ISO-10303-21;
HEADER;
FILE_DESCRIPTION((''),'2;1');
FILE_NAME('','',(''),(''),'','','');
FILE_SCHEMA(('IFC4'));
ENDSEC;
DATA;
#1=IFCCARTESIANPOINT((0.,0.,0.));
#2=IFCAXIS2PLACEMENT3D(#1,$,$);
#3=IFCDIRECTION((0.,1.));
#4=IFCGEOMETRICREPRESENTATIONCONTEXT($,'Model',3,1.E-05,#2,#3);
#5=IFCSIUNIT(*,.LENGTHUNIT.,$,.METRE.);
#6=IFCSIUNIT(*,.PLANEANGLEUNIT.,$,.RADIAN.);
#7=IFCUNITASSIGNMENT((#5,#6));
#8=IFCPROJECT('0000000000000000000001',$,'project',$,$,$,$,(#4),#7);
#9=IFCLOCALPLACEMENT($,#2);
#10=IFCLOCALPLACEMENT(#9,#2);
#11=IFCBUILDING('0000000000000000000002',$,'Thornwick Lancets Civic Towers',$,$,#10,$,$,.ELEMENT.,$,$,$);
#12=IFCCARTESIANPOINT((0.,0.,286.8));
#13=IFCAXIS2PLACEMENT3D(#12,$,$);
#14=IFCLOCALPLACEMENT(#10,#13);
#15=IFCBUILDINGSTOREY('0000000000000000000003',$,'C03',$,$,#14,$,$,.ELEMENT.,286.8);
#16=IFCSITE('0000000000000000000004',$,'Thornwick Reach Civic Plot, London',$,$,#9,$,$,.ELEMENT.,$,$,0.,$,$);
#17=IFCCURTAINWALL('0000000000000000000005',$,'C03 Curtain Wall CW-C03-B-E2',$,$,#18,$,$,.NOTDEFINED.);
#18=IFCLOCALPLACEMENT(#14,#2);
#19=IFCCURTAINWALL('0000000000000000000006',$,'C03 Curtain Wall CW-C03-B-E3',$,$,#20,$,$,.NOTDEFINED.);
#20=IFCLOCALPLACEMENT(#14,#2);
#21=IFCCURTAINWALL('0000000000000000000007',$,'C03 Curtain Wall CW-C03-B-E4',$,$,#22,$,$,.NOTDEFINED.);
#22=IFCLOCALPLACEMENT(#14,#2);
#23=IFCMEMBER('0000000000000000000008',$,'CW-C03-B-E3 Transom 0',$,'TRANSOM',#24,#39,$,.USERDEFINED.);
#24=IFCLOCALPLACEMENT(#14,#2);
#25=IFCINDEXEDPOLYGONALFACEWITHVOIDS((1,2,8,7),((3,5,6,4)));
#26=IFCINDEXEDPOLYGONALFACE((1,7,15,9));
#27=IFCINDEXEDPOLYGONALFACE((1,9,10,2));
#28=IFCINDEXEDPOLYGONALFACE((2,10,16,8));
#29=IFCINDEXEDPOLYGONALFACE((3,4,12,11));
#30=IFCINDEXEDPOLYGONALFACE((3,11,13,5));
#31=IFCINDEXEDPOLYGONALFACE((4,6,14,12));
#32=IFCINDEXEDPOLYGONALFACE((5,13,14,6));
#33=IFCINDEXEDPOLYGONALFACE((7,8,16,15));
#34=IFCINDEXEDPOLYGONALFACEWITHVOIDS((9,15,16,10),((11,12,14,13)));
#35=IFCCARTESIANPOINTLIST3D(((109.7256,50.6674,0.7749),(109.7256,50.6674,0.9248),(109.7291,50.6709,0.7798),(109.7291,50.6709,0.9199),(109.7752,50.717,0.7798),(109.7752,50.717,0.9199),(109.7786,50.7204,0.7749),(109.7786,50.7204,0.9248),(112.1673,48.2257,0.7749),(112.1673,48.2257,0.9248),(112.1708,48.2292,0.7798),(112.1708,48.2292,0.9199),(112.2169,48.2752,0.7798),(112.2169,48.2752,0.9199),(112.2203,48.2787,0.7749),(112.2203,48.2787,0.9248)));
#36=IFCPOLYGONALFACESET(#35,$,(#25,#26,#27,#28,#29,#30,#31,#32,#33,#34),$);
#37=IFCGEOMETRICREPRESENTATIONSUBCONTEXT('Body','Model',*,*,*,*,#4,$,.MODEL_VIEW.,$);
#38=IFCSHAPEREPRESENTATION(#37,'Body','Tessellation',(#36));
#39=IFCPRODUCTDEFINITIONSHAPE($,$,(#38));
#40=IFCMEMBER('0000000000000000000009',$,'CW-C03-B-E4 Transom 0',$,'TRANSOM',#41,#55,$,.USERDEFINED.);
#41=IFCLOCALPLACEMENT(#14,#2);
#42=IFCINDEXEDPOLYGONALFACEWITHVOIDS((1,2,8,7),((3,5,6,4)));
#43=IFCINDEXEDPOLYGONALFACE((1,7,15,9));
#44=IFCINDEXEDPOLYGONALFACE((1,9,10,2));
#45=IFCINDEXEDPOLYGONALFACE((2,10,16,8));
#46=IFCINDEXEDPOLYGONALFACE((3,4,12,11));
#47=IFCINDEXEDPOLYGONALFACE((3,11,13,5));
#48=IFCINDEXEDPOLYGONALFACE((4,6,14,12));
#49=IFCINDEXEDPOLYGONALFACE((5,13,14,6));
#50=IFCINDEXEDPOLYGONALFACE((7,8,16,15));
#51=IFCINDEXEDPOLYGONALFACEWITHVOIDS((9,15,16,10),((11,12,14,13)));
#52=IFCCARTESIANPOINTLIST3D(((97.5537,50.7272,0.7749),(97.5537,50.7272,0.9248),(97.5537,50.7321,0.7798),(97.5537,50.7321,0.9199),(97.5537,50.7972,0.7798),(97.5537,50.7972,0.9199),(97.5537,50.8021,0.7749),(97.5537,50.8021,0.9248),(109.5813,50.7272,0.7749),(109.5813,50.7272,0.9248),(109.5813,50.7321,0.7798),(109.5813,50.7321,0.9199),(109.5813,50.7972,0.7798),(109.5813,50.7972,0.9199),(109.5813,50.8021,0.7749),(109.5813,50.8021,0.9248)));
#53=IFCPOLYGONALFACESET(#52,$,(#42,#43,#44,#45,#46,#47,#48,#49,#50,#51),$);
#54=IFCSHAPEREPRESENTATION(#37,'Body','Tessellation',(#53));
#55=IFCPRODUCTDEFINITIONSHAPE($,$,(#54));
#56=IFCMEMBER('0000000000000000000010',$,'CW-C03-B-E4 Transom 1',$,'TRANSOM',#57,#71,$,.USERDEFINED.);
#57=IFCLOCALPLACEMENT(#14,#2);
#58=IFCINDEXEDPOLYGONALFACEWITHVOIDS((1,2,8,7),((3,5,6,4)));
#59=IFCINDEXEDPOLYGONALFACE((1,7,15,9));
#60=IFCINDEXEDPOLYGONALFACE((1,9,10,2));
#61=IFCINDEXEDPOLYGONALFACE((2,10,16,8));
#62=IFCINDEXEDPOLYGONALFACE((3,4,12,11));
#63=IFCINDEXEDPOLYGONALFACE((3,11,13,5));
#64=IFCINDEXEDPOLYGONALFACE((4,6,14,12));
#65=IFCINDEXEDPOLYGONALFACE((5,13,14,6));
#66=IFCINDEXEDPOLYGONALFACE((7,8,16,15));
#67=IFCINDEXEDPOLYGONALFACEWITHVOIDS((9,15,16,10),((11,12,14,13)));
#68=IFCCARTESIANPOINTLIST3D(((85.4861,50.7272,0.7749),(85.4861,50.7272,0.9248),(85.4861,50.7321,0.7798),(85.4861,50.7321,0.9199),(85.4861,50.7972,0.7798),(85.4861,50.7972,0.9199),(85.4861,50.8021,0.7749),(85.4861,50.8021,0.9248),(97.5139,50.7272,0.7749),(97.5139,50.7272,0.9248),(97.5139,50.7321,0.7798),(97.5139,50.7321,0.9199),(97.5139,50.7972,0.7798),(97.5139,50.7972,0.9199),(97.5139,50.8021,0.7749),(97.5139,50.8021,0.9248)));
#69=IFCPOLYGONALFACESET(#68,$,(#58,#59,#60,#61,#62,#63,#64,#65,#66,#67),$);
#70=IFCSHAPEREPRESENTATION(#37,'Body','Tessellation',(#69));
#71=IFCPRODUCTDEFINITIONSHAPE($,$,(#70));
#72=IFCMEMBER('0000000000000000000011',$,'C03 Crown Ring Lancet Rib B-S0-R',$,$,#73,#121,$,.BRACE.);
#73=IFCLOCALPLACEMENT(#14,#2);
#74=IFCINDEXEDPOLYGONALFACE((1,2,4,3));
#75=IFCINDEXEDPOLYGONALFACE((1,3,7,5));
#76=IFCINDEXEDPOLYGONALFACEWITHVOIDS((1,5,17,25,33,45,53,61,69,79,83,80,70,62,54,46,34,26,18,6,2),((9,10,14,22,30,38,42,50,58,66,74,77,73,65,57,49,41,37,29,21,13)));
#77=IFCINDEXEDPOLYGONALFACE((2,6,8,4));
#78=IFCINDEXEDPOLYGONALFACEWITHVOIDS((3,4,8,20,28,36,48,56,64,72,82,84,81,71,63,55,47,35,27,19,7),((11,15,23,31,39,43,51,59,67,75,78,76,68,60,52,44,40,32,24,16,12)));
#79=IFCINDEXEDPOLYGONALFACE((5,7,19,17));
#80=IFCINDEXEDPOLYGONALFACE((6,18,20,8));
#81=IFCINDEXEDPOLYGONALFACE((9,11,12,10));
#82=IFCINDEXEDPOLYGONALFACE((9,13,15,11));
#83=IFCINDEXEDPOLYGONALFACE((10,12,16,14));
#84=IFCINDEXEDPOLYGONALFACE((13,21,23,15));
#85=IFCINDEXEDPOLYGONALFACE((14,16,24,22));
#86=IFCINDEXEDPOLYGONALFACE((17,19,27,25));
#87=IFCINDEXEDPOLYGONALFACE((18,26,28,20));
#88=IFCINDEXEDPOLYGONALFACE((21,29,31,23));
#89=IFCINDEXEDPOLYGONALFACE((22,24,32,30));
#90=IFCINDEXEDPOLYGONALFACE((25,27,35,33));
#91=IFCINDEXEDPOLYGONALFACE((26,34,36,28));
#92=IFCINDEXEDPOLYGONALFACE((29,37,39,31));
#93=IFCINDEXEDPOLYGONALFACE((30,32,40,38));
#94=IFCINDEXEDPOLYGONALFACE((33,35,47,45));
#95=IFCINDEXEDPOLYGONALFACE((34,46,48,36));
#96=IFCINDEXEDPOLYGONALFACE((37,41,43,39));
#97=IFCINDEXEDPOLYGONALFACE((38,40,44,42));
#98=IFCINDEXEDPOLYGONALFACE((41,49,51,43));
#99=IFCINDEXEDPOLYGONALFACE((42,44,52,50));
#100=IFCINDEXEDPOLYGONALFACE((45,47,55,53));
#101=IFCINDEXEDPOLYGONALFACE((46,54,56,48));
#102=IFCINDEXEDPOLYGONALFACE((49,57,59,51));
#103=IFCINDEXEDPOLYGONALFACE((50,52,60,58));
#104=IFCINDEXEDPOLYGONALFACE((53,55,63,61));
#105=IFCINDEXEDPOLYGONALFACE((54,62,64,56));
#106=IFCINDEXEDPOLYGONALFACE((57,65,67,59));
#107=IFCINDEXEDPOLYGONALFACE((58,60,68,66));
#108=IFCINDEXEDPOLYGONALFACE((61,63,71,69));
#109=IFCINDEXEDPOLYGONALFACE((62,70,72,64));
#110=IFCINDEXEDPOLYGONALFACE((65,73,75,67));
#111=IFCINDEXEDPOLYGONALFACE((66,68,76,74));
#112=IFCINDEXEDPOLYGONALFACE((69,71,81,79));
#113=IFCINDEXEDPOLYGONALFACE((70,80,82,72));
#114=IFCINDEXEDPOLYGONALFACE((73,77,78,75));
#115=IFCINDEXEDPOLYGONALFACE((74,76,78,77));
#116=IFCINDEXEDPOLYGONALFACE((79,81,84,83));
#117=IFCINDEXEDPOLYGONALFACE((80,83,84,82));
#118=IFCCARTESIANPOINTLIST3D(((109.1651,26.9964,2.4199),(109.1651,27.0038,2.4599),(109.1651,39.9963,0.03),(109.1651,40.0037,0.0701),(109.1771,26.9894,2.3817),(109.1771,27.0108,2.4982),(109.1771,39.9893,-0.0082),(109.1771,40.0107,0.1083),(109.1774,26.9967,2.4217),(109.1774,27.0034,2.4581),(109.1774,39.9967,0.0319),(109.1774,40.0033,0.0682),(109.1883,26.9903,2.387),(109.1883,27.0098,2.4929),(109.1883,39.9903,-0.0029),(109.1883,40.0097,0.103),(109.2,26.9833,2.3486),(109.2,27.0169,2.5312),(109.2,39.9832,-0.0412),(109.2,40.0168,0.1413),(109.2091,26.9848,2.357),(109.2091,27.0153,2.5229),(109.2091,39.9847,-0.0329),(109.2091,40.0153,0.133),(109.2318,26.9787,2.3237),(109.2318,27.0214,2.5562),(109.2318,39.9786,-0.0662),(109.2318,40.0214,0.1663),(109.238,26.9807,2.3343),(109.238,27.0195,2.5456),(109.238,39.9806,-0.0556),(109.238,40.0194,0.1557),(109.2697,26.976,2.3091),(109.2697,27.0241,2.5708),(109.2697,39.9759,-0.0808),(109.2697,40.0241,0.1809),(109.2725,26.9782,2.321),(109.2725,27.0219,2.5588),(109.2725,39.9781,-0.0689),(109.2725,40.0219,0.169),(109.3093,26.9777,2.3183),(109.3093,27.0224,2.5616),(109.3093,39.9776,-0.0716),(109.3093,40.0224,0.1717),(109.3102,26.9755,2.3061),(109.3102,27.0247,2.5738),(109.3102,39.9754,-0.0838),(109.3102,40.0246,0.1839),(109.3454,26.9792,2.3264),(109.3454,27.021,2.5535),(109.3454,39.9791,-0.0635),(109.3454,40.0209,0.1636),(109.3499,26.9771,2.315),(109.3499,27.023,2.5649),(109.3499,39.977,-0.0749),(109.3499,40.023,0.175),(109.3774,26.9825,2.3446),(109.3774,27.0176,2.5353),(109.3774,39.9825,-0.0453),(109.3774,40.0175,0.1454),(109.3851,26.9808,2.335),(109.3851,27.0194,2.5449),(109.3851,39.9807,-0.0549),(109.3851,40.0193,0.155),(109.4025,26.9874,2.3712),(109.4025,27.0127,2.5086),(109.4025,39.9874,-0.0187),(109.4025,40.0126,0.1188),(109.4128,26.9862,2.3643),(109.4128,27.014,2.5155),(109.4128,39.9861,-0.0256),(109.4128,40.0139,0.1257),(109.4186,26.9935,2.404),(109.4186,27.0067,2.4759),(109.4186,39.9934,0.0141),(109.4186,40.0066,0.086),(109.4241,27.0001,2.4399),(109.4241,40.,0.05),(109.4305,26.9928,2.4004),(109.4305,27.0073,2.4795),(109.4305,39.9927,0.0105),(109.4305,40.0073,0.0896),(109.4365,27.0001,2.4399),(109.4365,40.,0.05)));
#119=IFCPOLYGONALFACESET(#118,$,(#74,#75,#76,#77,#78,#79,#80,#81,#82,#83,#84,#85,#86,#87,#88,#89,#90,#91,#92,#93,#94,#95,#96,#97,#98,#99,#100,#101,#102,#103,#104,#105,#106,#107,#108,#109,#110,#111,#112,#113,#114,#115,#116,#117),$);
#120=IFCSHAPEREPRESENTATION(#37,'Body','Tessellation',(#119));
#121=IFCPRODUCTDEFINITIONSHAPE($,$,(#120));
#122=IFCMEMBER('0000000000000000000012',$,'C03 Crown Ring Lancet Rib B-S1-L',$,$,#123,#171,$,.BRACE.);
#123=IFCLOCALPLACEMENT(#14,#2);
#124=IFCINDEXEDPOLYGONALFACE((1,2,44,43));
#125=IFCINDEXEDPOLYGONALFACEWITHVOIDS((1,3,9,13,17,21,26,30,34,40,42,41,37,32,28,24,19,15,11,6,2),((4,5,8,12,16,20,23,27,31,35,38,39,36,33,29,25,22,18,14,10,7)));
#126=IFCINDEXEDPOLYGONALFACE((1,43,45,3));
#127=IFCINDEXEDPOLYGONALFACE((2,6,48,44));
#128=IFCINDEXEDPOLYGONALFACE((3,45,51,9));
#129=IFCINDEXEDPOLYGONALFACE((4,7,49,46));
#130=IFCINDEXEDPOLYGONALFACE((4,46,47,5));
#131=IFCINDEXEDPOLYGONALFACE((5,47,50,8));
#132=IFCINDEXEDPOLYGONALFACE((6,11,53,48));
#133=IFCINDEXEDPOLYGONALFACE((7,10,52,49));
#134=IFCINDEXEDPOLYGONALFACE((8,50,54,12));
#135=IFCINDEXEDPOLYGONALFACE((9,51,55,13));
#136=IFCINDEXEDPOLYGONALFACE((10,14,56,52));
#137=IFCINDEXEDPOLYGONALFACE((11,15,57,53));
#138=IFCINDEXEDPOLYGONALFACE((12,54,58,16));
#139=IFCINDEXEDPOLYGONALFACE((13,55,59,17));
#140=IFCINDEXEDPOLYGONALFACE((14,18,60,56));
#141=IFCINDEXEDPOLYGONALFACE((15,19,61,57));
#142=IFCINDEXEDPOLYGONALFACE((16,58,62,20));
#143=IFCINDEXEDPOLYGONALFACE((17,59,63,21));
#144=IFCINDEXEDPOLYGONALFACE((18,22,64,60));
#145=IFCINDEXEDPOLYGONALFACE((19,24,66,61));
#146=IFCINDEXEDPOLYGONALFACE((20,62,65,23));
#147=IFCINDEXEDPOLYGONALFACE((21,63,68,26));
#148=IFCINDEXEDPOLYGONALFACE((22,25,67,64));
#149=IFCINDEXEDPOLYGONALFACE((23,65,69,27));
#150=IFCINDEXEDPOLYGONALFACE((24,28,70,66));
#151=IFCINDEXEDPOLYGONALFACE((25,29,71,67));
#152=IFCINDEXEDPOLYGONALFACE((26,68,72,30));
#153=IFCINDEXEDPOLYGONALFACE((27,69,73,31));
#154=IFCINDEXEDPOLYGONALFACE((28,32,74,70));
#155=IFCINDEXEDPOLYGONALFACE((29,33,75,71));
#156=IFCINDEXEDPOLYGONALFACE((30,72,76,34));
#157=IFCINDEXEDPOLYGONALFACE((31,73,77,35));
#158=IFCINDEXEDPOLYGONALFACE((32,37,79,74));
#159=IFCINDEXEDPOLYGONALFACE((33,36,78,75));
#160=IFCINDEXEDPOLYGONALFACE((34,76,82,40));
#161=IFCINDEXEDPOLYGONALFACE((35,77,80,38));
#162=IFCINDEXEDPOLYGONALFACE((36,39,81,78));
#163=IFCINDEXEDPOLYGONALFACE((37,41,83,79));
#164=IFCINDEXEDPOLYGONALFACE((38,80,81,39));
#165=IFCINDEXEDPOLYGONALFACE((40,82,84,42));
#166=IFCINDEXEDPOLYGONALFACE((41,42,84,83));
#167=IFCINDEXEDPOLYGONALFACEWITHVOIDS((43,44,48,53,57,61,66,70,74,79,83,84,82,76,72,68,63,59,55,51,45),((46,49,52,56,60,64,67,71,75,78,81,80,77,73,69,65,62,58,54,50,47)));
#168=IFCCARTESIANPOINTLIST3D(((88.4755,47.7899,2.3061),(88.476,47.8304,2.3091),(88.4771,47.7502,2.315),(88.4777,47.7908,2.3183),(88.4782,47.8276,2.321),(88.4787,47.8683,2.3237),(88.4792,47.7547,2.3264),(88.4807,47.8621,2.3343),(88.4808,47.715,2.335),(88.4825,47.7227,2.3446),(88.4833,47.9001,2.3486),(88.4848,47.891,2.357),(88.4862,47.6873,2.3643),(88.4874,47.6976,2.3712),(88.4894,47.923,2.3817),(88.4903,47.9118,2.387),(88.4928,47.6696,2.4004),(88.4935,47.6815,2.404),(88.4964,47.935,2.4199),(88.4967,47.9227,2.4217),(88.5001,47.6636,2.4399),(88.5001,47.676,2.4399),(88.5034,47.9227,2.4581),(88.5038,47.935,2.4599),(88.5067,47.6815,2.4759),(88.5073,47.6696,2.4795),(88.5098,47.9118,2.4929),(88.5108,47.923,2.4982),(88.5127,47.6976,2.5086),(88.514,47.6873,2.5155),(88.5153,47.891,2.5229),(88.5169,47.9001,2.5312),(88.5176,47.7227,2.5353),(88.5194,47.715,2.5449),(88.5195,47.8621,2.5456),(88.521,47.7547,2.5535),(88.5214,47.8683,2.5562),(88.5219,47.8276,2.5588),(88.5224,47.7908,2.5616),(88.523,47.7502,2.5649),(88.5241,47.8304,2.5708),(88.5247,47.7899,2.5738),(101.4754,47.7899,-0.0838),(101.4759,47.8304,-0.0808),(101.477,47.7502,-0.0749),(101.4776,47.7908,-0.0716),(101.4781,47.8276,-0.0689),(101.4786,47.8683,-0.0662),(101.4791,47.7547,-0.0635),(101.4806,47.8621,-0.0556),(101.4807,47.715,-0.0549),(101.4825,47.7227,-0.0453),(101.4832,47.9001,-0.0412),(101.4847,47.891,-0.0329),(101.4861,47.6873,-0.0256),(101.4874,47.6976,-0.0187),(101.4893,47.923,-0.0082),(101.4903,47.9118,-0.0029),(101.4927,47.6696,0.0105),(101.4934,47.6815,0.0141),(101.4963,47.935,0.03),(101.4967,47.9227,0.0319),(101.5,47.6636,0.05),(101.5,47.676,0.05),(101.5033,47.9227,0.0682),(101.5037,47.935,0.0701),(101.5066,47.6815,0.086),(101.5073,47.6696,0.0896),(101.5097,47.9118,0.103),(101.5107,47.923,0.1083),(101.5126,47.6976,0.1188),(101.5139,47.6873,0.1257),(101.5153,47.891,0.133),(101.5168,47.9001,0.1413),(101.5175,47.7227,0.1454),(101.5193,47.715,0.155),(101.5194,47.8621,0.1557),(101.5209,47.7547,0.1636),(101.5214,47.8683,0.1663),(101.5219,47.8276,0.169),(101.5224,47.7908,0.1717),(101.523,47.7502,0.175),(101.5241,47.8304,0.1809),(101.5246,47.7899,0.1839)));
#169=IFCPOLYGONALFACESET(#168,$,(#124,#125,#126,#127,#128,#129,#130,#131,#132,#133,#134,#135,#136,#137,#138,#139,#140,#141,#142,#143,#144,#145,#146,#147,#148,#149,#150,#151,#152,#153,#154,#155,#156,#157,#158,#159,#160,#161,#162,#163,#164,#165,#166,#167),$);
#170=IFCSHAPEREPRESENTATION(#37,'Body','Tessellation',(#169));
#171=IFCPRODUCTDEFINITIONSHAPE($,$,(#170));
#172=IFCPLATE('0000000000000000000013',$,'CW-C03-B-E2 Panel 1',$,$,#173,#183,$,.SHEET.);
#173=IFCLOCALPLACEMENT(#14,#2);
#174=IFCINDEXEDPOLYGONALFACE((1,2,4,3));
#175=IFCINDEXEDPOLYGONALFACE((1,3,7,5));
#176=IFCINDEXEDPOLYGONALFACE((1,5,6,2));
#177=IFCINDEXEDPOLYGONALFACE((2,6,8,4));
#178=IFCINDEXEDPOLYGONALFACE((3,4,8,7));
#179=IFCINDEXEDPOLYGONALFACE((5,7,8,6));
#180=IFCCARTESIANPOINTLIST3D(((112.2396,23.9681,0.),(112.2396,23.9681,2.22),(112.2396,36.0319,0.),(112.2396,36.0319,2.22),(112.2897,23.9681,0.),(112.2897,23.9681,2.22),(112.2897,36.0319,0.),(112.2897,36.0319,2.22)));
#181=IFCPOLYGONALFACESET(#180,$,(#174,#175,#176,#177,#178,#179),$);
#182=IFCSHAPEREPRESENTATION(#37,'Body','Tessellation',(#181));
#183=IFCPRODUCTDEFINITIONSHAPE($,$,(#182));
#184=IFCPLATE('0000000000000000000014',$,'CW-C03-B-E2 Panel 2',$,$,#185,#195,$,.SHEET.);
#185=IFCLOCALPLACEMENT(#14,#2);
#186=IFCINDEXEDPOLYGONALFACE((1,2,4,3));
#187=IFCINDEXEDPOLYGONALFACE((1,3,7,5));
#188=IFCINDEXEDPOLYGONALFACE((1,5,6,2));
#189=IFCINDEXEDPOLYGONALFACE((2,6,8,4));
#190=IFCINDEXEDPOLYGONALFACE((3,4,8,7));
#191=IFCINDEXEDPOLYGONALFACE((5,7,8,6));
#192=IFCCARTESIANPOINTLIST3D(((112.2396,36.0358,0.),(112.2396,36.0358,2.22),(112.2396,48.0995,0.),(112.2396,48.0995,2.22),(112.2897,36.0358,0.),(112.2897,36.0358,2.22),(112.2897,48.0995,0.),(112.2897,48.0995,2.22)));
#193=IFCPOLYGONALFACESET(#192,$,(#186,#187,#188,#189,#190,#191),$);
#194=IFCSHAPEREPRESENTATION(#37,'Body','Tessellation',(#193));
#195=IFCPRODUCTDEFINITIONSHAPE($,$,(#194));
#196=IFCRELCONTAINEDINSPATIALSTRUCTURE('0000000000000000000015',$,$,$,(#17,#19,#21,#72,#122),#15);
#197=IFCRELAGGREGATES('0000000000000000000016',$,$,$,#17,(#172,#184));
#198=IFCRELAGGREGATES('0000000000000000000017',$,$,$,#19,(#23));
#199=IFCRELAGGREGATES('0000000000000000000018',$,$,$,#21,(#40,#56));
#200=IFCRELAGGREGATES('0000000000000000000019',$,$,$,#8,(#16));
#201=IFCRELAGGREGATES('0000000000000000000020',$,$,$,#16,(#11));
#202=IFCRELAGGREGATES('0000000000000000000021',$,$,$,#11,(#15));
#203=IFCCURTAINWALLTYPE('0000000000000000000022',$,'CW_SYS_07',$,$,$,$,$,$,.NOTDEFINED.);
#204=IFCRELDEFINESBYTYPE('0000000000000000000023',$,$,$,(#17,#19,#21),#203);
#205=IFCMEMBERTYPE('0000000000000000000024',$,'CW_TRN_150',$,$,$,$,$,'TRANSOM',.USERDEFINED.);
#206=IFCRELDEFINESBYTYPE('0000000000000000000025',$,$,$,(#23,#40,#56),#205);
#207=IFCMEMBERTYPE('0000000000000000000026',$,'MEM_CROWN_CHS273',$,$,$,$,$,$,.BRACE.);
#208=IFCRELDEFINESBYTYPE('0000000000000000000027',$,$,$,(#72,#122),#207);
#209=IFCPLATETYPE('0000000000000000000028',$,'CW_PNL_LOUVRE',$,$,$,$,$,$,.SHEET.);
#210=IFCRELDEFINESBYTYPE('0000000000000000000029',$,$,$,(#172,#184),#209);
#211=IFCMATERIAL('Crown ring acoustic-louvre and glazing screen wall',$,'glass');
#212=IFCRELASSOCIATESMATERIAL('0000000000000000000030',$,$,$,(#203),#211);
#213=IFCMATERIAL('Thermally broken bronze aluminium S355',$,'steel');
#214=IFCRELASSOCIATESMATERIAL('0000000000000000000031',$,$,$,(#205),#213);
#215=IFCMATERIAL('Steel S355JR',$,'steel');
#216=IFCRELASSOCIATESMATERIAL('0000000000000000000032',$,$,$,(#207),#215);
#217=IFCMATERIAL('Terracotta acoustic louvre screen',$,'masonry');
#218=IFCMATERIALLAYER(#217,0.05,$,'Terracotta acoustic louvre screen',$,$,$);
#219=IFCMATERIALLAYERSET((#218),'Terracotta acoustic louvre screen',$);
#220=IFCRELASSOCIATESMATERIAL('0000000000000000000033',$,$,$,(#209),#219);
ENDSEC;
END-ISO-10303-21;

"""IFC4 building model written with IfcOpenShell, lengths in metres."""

from ifc_helpers import new_model, si_unit, direction, frame, origin, origin_2d, place, context, subcontext, project, spatial, rectangle, hollow_rectangle, hollow_circle, extrude, material, layer, layer_set, material_profile, profile_set, type_object, element, aggregate, save


model = new_model("IFC4")

# Units and contexts
model_context = context("Model", 3, precision=1e-05, world=origin(), true_north=direction((0.0, 1.0)))
body_context = subcontext(model_context, "Body", "Model", "MODEL_VIEW")
ifc_project = project(units=[si_unit("LENGTHUNIT", "METRE"), si_unit("PLANEANGLEUNIT", "RADIAN")], contexts=[model_context])

# Site, building, storey
site_placement = place(None, origin())
site = spatial("IfcSite", under=ifc_project, at=site_placement, Name="Thornwick Reach Civic Plot, London", CompositionType="ELEMENT", RefElevation=0.0)
building_placement = place(site_placement, origin())
building = spatial("IfcBuilding", under=site, at=building_placement, Name="Thornwick Lancets Civic Towers", CompositionType="ELEMENT")
storey_placement = place(building_placement, frame((0.0, 0.0, 286.8)))
storey = spatial("IfcBuildingStorey", under=building, at=storey_placement, Name="C03", CompositionType="ELEMENT", Elevation=286.8)

# Shared definitions
ifc_material_1 = material(Name="Steel S355JR", Category="steel")

# Curtain walls
ifc_material_2 = material(Name="Crown ring acoustic-louvre and glazing screen wall", Category="glass")
curtain_wall_type = type_object("IfcCurtainWallType", Name="CW_SYS_07", PredefinedType="NOTDEFINED", material=ifc_material_2)
curtain_wall_1_placement = place(storey_placement, origin())
curtain_wall_1 = element("IfcCurtainWall", 1, at=curtain_wall_1_placement, inside=storey, type_object=curtain_wall_type, Name="C03 Curtain Wall CW-C03-B-E2", PredefinedType="NOTDEFINED")
ifc_material_3 = material(Name="Thermally broken bronze aluminium S355", Category="steel")
curtain_wall_2_placement = place(storey_placement, origin())
curtain_wall_2 = element("IfcCurtainWall", 2, at=curtain_wall_2_placement, inside=storey, type_object=curtain_wall_type, Name="C03 Curtain Wall CW-C03-B-E3", PredefinedType="NOTDEFINED")
curtain_wall_3_placement = place(storey_placement, origin())
curtain_wall_3 = element("IfcCurtainWall", 3, at=curtain_wall_3_placement, inside=storey, type_object=curtain_wall_type, Name="C03 Curtain Wall CW-C03-B-E4", PredefinedType="NOTDEFINED")

# Members
ifc_material_profile_1 = material_profile(ifc_material_3, hollow_rectangle(XDim=0.075, YDim=0.1499, WallThickness=0.0049, at=origin_2d()), Name="RHS 150x75x5")
ifc_profile_set_1 = profile_set([ifc_material_profile_1], Name="Thermally broken bronze aluminium S355")
member_type_1 = type_object("IfcMemberType", Name="CW_TRN_150", ElementType="TRANSOM", PredefinedType="USERDEFINED", material=ifc_profile_set_1)
member_1_placement = place(storey_placement, frame((112.1938, 48.2522, 0.8499), z_axis=(-0.707107, 0.707107, 0.0), x_axis=(-0.707107, -0.707107, 0.0)))
member_1 = element("IfcMember", 4, at=member_1_placement, type_object=member_type_1, Name="CW-C03-B-E3 Transom 0", ObjectType="TRANSOM", PredefinedType="USERDEFINED", context=body_context, shape_type="SweptSolid", body=[
    extrude(hollow_rectangle(XDim=0.075, YDim=0.1499, WallThickness=0.0049, at=origin_2d()), origin(), (0.0, 0.0, 1.0), 3.4531),
])
member_2_placement = place(storey_placement, frame((109.5813, 50.7646, 0.8499), z_axis=(-1.0, 0.0, 0.0), x_axis=(0.0, -1.0, 0.0)))
member_2 = element("IfcMember", 5, at=member_2_placement, type_object=member_type_1, Name="CW-C03-B-E4 Transom 0", ObjectType="TRANSOM", PredefinedType="USERDEFINED", context=body_context, shape_type="SweptSolid", body=[
    extrude(hollow_rectangle(XDim=0.075, YDim=0.1499, WallThickness=0.0049, at=origin_2d()), origin(), (0.0, 0.0, 1.0), 12.0276),
])
member_3_placement = place(storey_placement, frame((97.5139, 50.7646, 0.8499), z_axis=(-1.0, 0.0, 0.0), x_axis=(0.0, -1.0, 0.0)))
member_3 = element("IfcMember", 6, at=member_3_placement, type_object=member_type_1, Name="CW-C03-B-E4 Transom 1", ObjectType="TRANSOM", PredefinedType="USERDEFINED", context=body_context, shape_type="SweptSolid", body=[
    extrude(hollow_rectangle(XDim=0.075, YDim=0.1499, WallThickness=0.0049, at=origin_2d()), origin(), (0.0, 0.0, 1.0), 12.0278),
])

# Members
ifc_material_profile_2 = material_profile(ifc_material_1, hollow_circle(Radius=0.1365, WallThickness=0.0125, at=origin_2d()), Name="CHS 273x12.5")
ifc_profile_set_2 = profile_set([ifc_material_profile_2], Name="Steel S355JR")
member_type_2 = type_object("IfcMemberType", Name="MEM_CROWN_CHS273", PredefinedType="BRACE", material=ifc_profile_set_2)
for number, where, z_axis, x_axis, name in (
    (7, (109.3, 40.0, 0.05), (0.0, -0.983518, 0.180808), (1.0, 0.0, 0.0), "C03 Crown Ring Lancet Rib B-S0-R"),
    (8, (101.5, 47.8, 0.05), (-0.983518, 0.0, 0.180808), (0.0, -1.0, 0.0), "C03 Crown Ring Lancet Rib B-S1-L"),
):
    element("IfcMember", number, at=place(storey_placement, frame(where, z_axis=z_axis, x_axis=x_axis)), inside=storey, type_object=member_type_2, Name=name, PredefinedType="BRACE", context=body_context, shape_type="SweptSolid", body=[
        extrude(hollow_circle(Radius=0.1365, WallThickness=0.0125, at=origin_2d()), origin(), (0.0, 0.0, 1.0), 13.2178),
    ])

# Plates
ifc_material_4 = material(Name="Terracotta acoustic louvre screen", Category="masonry")
ifc_layer_1 = layer(ifc_material_4, 0.05, Name="Terracotta acoustic louvre screen")
ifc_layer_set_1 = layer_set([ifc_layer_1], Name="Terracotta acoustic louvre screen")
plate_type_1 = type_object("IfcPlateType", Name="CW_PNL_LOUVRE", PredefinedType="SHEET", material=ifc_layer_set_1)
plate_1_placement = place(storey_placement, frame((112.2646, 30.0, 0.0), z_axis=(0.0, 0.0, 1.0), x_axis=(0.0, 1.0, 0.0)))
plate_1 = element("IfcPlate", 9, at=plate_1_placement, type_object=plate_type_1, Name="CW-C03-B-E2 Panel 1", PredefinedType="SHEET", context=body_context, shape_type="SweptSolid", body=[
    extrude(rectangle(XDim=12.0637, YDim=0.05, at=origin_2d()), origin(), (0.0, 0.0, 1.0), 2.22),
])
plate_2_placement = place(storey_placement, frame((112.2646, 42.0676, 0.0), z_axis=(0.0, 0.0, 1.0), x_axis=(0.0, 1.0, 0.0)))
plate_2 = element("IfcPlate", 10, at=plate_2_placement, type_object=plate_type_1, Name="CW-C03-B-E2 Panel 2", PredefinedType="SHEET", context=body_context, shape_type="SweptSolid", body=[
    extrude(rectangle(XDim=12.0637, YDim=0.05, at=origin_2d()), origin(), (0.0, 0.0, 1.0), 2.22),
])
aggregate(curtain_wall_1, [plate_1, plate_2])
aggregate(curtain_wall_2, [member_1])
aggregate(curtain_wall_3, [member_2, member_3])

save(model, "model.ifc")
